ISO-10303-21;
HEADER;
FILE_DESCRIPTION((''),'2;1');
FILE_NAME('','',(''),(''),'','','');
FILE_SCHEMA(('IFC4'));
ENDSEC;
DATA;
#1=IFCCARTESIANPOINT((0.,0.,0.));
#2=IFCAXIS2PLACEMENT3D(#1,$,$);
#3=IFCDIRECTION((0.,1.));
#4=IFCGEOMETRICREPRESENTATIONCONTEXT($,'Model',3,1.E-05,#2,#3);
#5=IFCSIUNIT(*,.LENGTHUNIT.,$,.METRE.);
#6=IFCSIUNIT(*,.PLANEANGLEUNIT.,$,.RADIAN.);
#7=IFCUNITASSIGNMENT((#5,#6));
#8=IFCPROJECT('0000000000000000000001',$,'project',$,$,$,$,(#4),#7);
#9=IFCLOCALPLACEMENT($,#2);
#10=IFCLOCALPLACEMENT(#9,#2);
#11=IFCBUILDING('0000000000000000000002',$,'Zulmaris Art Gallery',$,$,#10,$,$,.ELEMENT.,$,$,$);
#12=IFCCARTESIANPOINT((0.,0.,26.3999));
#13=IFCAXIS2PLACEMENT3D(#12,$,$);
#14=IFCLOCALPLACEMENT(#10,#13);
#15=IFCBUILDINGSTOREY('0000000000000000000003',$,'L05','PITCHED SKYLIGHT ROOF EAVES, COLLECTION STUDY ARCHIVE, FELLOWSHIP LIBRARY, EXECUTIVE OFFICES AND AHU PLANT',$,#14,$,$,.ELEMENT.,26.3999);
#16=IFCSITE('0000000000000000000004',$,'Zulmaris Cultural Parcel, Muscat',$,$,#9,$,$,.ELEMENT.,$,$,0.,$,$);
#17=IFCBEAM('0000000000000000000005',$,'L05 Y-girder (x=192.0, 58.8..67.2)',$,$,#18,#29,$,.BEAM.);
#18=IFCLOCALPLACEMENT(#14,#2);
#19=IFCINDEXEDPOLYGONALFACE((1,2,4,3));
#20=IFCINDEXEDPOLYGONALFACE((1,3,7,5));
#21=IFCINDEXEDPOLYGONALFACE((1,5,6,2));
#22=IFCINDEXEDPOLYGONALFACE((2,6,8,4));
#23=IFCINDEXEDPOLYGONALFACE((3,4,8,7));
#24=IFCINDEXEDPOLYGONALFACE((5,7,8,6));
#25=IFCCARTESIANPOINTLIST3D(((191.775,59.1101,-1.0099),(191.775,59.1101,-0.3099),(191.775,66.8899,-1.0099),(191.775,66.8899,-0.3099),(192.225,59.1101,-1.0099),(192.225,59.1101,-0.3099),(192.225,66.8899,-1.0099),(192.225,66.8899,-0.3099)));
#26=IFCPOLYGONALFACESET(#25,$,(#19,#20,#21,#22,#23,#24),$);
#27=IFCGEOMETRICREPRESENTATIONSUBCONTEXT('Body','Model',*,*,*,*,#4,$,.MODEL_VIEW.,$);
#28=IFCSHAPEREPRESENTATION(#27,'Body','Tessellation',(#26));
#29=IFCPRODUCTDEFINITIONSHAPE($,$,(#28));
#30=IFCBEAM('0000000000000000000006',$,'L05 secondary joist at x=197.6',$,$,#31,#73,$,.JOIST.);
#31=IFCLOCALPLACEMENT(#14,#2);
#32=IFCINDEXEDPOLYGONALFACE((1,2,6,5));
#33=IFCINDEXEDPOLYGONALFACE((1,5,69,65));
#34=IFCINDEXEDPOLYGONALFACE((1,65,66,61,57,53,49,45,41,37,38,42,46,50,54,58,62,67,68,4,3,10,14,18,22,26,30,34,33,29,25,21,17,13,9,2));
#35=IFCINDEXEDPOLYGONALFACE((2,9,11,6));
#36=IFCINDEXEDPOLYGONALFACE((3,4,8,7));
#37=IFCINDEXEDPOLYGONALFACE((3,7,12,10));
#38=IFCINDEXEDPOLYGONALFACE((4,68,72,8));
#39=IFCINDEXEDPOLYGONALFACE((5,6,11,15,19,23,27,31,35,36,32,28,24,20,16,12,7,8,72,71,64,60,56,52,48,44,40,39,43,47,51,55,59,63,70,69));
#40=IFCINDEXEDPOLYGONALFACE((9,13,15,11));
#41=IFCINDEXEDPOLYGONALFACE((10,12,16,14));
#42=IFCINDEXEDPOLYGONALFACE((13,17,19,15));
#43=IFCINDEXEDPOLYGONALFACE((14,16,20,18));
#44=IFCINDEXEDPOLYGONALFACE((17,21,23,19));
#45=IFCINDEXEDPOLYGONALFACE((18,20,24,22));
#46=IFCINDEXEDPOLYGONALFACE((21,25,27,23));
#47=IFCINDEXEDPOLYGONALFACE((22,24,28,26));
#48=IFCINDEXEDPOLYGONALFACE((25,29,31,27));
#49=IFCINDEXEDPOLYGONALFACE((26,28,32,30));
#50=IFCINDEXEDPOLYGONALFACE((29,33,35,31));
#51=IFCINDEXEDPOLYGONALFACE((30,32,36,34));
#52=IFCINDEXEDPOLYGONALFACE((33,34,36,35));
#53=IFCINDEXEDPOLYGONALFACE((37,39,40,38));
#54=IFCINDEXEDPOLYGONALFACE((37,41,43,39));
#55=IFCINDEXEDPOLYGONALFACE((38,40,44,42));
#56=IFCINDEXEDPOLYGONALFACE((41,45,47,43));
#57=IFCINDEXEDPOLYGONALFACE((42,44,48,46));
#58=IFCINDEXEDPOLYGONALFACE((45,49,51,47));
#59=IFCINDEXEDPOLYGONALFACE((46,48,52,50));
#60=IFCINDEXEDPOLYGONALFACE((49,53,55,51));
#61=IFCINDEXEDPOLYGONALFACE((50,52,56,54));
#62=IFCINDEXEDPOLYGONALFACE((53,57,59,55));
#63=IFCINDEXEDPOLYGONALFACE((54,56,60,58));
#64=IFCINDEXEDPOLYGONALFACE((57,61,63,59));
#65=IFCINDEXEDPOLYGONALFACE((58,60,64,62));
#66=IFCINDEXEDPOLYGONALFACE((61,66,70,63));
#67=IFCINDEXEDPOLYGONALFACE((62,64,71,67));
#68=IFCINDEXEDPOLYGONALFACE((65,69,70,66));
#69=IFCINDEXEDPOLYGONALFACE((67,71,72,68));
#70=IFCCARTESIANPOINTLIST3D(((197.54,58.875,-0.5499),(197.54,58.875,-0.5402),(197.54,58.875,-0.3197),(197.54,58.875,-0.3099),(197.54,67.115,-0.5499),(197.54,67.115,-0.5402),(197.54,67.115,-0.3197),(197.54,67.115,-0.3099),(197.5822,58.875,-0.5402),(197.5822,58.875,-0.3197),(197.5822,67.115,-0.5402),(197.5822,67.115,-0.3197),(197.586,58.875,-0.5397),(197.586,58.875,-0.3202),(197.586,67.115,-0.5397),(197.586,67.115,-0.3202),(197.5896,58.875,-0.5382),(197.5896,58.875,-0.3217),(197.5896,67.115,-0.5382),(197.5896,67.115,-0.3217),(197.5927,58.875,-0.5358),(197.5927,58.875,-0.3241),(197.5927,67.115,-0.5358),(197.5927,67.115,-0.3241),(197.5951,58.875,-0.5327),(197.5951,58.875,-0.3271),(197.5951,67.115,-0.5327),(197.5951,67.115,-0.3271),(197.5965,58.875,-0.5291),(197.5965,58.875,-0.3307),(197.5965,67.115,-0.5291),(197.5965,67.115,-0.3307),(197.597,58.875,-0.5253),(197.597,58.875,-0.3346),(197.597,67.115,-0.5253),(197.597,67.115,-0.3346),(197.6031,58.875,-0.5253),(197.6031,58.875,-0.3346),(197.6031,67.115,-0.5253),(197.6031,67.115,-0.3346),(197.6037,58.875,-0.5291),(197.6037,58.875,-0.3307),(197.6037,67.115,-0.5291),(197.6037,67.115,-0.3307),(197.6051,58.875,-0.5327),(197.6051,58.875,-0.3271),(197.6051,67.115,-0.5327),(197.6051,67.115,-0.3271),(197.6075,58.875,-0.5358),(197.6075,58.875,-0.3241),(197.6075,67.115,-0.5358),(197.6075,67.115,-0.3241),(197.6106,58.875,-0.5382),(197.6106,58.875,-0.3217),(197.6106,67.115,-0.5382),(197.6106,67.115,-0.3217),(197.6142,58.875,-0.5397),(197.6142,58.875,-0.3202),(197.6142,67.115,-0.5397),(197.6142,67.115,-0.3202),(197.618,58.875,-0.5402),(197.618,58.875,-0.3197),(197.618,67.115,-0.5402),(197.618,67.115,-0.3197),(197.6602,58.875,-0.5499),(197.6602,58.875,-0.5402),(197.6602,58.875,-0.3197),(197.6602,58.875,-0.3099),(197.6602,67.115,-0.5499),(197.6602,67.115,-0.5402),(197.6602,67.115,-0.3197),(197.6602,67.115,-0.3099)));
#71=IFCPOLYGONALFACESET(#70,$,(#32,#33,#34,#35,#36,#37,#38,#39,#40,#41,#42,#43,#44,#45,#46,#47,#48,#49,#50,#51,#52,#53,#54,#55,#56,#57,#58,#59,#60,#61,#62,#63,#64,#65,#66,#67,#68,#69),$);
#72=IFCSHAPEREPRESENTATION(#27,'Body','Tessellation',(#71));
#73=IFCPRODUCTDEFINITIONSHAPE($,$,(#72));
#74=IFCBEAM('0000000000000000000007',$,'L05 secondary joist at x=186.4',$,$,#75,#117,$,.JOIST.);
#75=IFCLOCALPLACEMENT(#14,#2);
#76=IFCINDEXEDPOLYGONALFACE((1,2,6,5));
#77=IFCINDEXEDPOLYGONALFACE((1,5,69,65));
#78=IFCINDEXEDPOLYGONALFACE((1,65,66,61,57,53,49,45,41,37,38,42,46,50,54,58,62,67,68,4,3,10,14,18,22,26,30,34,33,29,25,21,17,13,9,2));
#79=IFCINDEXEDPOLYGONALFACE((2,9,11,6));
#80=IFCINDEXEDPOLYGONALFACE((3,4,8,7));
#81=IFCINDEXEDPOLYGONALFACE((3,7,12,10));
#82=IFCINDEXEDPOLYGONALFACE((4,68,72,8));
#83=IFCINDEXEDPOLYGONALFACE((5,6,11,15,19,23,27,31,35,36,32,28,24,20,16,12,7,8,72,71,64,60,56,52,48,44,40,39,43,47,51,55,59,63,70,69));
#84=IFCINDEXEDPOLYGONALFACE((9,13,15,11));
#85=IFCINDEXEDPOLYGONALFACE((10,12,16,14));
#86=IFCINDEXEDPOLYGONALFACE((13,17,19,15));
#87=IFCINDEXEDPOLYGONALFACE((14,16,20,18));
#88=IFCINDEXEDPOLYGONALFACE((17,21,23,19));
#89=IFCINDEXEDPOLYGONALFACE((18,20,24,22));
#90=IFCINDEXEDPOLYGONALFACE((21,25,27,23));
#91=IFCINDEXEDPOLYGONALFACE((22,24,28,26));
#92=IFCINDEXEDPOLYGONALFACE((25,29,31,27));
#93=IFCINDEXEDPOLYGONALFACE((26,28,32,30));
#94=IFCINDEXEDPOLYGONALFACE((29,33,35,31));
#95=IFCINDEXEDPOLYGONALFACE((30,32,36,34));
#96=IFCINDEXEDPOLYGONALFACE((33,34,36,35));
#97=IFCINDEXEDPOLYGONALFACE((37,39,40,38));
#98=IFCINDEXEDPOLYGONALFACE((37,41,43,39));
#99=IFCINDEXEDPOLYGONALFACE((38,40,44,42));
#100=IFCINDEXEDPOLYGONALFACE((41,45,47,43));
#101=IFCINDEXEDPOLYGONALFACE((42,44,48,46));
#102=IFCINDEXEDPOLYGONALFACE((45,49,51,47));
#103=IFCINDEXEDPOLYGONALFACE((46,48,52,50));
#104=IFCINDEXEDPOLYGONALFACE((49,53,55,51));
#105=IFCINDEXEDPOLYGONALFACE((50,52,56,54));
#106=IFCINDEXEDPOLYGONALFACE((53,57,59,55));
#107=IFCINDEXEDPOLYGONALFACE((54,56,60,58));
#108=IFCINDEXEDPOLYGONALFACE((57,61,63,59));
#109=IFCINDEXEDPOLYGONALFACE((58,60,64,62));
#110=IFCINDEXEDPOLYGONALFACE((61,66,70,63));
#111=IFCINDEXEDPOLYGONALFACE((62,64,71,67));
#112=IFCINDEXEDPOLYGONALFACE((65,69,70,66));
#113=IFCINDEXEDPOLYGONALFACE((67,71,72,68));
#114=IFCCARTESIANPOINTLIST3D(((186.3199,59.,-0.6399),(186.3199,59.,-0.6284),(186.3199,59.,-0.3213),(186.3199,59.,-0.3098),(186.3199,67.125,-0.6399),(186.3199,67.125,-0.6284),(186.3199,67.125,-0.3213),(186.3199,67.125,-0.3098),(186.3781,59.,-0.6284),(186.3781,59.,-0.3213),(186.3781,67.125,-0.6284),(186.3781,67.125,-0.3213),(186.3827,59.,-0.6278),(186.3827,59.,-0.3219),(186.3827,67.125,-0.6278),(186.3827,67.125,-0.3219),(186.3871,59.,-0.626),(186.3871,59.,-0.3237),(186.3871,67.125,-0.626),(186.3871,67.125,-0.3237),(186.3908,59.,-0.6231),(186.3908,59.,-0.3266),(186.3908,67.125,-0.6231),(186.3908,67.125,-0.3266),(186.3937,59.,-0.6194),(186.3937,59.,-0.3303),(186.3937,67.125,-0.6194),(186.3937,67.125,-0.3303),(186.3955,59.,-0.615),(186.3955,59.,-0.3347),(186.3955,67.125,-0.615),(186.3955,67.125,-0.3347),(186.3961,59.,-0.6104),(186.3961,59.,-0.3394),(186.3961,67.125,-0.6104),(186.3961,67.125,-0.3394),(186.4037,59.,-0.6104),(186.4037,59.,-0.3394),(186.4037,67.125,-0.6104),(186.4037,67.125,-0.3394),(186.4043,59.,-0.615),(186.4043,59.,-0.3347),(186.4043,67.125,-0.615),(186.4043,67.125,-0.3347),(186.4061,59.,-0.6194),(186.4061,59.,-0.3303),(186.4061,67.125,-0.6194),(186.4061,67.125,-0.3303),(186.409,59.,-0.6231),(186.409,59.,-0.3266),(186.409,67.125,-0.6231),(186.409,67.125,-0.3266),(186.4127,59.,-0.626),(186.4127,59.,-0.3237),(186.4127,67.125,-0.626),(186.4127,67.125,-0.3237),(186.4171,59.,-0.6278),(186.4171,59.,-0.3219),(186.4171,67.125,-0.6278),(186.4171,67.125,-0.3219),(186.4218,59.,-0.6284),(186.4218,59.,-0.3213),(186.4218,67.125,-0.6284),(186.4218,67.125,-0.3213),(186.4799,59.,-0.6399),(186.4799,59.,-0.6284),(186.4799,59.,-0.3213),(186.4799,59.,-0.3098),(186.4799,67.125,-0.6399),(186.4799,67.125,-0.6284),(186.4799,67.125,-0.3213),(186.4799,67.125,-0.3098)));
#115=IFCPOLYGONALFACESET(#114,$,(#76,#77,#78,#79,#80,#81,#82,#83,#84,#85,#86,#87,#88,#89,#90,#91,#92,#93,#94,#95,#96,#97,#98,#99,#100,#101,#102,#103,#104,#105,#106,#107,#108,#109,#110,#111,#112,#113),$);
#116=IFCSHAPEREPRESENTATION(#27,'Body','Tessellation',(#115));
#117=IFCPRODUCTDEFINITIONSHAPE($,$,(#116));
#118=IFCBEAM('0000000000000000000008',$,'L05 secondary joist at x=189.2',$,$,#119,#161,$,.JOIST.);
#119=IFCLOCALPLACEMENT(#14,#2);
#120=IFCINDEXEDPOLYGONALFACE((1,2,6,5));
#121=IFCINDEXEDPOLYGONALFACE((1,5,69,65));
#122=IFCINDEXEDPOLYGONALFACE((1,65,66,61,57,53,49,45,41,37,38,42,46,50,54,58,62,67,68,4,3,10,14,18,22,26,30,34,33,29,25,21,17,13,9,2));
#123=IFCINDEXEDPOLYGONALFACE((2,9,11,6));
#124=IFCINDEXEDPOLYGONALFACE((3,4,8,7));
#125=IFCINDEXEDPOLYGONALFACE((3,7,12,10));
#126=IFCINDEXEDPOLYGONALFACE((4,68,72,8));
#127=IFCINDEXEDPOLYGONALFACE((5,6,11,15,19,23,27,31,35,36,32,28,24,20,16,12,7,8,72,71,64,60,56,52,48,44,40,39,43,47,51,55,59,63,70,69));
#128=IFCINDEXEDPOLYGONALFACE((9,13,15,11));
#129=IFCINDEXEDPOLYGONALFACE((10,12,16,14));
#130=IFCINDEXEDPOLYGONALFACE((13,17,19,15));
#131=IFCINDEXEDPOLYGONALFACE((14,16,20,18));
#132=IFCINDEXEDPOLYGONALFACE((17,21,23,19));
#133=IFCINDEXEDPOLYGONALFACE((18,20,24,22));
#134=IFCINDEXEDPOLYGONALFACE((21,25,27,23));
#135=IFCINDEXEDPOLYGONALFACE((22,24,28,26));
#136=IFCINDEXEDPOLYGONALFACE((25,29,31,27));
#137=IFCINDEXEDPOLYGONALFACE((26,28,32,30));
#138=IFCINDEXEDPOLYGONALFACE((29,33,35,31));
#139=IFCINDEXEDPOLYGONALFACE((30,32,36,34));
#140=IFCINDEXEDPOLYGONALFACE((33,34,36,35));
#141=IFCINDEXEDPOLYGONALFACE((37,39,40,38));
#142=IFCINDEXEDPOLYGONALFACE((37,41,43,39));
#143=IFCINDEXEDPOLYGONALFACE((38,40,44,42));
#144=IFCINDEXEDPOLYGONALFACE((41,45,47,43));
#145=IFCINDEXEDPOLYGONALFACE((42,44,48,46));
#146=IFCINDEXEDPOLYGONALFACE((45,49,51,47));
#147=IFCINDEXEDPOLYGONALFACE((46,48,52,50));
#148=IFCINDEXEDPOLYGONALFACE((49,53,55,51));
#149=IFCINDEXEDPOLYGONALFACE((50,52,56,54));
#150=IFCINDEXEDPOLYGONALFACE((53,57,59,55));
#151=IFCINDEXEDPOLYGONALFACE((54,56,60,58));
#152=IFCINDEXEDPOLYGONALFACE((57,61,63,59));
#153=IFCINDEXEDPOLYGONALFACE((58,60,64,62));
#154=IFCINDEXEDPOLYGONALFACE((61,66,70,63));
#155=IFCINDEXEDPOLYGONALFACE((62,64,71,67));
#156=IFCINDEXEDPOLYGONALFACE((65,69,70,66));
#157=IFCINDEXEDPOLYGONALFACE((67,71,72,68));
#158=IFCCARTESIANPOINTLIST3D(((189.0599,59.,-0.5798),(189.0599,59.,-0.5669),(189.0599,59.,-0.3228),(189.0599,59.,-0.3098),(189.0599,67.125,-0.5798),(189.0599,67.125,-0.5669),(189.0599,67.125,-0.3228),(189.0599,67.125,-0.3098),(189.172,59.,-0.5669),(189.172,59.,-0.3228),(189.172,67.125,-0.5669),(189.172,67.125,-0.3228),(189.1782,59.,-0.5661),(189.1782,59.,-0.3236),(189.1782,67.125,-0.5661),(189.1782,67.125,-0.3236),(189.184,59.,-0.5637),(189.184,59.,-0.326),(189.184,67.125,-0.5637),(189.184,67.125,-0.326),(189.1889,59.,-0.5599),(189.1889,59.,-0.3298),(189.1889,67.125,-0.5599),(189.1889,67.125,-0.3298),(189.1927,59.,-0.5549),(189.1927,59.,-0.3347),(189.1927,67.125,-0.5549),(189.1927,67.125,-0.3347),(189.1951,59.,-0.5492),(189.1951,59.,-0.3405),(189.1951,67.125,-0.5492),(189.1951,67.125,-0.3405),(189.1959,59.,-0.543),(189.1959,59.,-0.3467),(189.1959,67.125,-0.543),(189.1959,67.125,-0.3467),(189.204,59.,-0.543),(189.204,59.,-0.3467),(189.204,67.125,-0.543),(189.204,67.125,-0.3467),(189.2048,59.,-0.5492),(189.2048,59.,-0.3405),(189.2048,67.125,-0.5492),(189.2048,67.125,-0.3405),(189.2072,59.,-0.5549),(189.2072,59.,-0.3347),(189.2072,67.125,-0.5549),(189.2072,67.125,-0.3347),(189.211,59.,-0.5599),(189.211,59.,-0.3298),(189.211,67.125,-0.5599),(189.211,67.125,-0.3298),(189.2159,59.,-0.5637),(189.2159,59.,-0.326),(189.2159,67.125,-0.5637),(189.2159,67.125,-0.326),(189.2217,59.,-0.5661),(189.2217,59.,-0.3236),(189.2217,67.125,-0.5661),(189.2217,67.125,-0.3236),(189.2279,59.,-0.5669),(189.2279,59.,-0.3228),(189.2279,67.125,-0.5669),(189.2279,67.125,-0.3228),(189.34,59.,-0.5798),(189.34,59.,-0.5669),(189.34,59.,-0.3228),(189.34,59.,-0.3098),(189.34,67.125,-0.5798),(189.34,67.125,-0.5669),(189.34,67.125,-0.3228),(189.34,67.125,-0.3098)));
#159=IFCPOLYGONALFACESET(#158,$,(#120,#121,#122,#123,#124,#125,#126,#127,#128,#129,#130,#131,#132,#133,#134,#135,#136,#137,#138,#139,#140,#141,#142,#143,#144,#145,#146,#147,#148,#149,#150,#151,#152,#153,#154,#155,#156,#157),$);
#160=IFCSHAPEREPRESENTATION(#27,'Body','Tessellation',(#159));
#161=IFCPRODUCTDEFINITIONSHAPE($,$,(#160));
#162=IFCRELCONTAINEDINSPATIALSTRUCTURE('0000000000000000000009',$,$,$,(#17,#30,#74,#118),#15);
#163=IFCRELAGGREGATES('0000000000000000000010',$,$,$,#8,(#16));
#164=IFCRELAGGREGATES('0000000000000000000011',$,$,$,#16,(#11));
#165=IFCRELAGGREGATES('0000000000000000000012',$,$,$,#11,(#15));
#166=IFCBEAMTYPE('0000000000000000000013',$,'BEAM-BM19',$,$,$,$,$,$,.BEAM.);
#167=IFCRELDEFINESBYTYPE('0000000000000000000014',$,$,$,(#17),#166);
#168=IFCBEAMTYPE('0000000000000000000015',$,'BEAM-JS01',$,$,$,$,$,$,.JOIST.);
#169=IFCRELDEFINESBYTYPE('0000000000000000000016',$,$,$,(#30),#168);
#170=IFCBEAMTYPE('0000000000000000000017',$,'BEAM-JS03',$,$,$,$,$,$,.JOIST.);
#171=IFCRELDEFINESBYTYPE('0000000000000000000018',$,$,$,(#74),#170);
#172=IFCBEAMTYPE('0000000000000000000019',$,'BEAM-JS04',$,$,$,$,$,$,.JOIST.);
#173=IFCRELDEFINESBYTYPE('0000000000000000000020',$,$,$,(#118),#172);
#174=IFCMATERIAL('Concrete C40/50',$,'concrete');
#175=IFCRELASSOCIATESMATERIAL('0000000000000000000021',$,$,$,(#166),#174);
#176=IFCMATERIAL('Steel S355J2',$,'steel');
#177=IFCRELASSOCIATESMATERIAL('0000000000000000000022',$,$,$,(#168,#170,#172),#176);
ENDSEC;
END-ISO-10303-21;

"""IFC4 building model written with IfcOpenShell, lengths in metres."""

from ifc_helpers import new_model, si_unit, direction, frame, origin, origin_2d, place, context, subcontext, project, spatial, rectangle, i_section, extrude, material, material_profile, profile_set, type_object, element, save


model = new_model("IFC4")

# Units and contexts
model_context = context("Model", 3, precision=1e-05, world=origin(), true_north=direction((0.0, 1.0)))
body_context = subcontext(model_context, "Body", "Model", "MODEL_VIEW")
ifc_project = project(units=[si_unit("LENGTHUNIT", "METRE"), si_unit("PLANEANGLEUNIT", "RADIAN")], contexts=[model_context])

# Site, building, storey
site_placement = place(None, origin())
site = spatial("IfcSite", under=ifc_project, at=site_placement, Name="Zulmaris Cultural Parcel, Muscat", CompositionType="ELEMENT", RefElevation=0.0)
building_placement = place(site_placement, origin())
building = spatial("IfcBuilding", under=site, at=building_placement, Name="Zulmaris Art Gallery", CompositionType="ELEMENT")
storey_placement = place(building_placement, frame((0.0, 0.0, 26.3999)))
storey = spatial("IfcBuildingStorey", under=building, at=storey_placement, Name="L05", Description="PITCHED SKYLIGHT ROOF EAVES, COLLECTION STUDY ARCHIVE, FELLOWSHIP LIBRARY, EXECUTIVE OFFICES AND AHU PLANT", CompositionType="ELEMENT", Elevation=26.3999)

# Shared definitions
ifc_material_1 = material(Name="Concrete C40/50", Category="concrete")

# Beams
ifc_material_2 = material(Name="Steel S355J2", Category="steel")
ifc_material_profile_1 = material_profile(ifc_material_1, rectangle(XDim=0.45, YDim=0.7, at=origin_2d()), Name="RC 450x700")
ifc_profile_set_1 = profile_set([ifc_material_profile_1], Name="Concrete C40/50")
beam_type_1 = type_object("IfcBeamType", Name="BEAM-BM19", PredefinedType="BEAM", material=ifc_profile_set_1)
beam_1_placement = place(storey_placement, frame((192.0, 59.1101, -0.6599), z_axis=(0.0, 1.0, 0.0), x_axis=(-1.0, 0.0, 0.0)))
element("IfcBeam", 1, at=beam_1_placement, inside=storey, type_object=beam_type_1, Name="L05 Y-girder (x=192.0, 58.8..67.2)", PredefinedType="BEAM", context=body_context, shape_type="SweptSolid", body=[
    extrude(rectangle(XDim=0.45, YDim=0.7, at=origin_2d()), origin(), (0.0, 0.0, 1.0), 7.7798),
])
ifc_material_profile_2 = material_profile(ifc_material_2, i_section(OverallWidth=0.1201, OverallDepth=0.24, WebThickness=0.0061, FlangeThickness=0.0098, FilletRadius=0.0149, at=origin_2d()), Name="IPE 240")
ifc_profile_set_2 = profile_set([ifc_material_profile_2], Name="Steel S355J2")
beam_type_2 = type_object("IfcBeamType", Name="BEAM-JS01", PredefinedType="JOIST", material=ifc_profile_set_2)
beam_2_placement = place(storey_placement, frame((197.6001, 58.875, -0.4299), z_axis=(0.0, 1.0, 0.0), x_axis=(-1.0, 0.0, 0.0)))
element("IfcBeam", 2, at=beam_2_placement, inside=storey, type_object=beam_type_2, Name="L05 secondary joist at x=197.6", PredefinedType="JOIST", context=body_context, shape_type="SweptSolid", body=[
    extrude(i_section(OverallWidth=0.1201, OverallDepth=0.24, WebThickness=0.0061, FlangeThickness=0.0098, FilletRadius=0.0149, at=origin_2d()), origin(), (0.0, 0.0, 1.0), 8.24),
])
ifc_material_profile_3 = material_profile(ifc_material_2, i_section(OverallWidth=0.1599, OverallDepth=0.3301, WebThickness=0.0076, FlangeThickness=0.0115, FilletRadius=0.0181, at=origin_2d()), Name="IPE 330")
ifc_profile_set_3 = profile_set([ifc_material_profile_3], Name="Steel S355J2")
beam_type_3 = type_object("IfcBeamType", Name="BEAM-JS03", PredefinedType="JOIST", material=ifc_profile_set_3)
beam_3_placement = place(storey_placement, frame((186.3999, 59.0, -0.4749), z_axis=(0.0, 1.0, 0.0), x_axis=(-1.0, 0.0, 0.0)))
element("IfcBeam", 3, at=beam_3_placement, inside=storey, type_object=beam_type_3, Name="L05 secondary joist at x=186.4", PredefinedType="JOIST", context=body_context, shape_type="SweptSolid", body=[
    extrude(i_section(OverallWidth=0.1599, OverallDepth=0.3301, WebThickness=0.0076, FlangeThickness=0.0115, FilletRadius=0.0181, at=origin_2d()), origin(), (0.0, 0.0, 1.0), 8.125),
])
ifc_material_profile_4 = material_profile(ifc_material_2, i_section(OverallWidth=0.28, OverallDepth=0.27, WebThickness=0.0081, FlangeThickness=0.0129, FilletRadius=0.0239, at=origin_2d()), Name="HEA 280")
ifc_profile_set_4 = profile_set([ifc_material_profile_4], Name="Steel S355J2")
beam_type_4 = type_object("IfcBeamType", Name="BEAM-JS04", PredefinedType="JOIST", material=ifc_profile_set_4)
beam_4_placement = place(storey_placement, frame((189.2, 59.0, -0.4448), z_axis=(0.0, 1.0, 0.0), x_axis=(-1.0, 0.0, 0.0)))
element("IfcBeam", 4, at=beam_4_placement, inside=storey, type_object=beam_type_4, Name="L05 secondary joist at x=189.2", PredefinedType="JOIST", context=body_context, shape_type="SweptSolid", body=[
    extrude(i_section(OverallWidth=0.28, OverallDepth=0.27, WebThickness=0.0081, FlangeThickness=0.0129, FilletRadius=0.0239, at=origin_2d()), origin(), (0.0, 0.0, 1.0), 8.125),
])

save(model, "model.ifc")
